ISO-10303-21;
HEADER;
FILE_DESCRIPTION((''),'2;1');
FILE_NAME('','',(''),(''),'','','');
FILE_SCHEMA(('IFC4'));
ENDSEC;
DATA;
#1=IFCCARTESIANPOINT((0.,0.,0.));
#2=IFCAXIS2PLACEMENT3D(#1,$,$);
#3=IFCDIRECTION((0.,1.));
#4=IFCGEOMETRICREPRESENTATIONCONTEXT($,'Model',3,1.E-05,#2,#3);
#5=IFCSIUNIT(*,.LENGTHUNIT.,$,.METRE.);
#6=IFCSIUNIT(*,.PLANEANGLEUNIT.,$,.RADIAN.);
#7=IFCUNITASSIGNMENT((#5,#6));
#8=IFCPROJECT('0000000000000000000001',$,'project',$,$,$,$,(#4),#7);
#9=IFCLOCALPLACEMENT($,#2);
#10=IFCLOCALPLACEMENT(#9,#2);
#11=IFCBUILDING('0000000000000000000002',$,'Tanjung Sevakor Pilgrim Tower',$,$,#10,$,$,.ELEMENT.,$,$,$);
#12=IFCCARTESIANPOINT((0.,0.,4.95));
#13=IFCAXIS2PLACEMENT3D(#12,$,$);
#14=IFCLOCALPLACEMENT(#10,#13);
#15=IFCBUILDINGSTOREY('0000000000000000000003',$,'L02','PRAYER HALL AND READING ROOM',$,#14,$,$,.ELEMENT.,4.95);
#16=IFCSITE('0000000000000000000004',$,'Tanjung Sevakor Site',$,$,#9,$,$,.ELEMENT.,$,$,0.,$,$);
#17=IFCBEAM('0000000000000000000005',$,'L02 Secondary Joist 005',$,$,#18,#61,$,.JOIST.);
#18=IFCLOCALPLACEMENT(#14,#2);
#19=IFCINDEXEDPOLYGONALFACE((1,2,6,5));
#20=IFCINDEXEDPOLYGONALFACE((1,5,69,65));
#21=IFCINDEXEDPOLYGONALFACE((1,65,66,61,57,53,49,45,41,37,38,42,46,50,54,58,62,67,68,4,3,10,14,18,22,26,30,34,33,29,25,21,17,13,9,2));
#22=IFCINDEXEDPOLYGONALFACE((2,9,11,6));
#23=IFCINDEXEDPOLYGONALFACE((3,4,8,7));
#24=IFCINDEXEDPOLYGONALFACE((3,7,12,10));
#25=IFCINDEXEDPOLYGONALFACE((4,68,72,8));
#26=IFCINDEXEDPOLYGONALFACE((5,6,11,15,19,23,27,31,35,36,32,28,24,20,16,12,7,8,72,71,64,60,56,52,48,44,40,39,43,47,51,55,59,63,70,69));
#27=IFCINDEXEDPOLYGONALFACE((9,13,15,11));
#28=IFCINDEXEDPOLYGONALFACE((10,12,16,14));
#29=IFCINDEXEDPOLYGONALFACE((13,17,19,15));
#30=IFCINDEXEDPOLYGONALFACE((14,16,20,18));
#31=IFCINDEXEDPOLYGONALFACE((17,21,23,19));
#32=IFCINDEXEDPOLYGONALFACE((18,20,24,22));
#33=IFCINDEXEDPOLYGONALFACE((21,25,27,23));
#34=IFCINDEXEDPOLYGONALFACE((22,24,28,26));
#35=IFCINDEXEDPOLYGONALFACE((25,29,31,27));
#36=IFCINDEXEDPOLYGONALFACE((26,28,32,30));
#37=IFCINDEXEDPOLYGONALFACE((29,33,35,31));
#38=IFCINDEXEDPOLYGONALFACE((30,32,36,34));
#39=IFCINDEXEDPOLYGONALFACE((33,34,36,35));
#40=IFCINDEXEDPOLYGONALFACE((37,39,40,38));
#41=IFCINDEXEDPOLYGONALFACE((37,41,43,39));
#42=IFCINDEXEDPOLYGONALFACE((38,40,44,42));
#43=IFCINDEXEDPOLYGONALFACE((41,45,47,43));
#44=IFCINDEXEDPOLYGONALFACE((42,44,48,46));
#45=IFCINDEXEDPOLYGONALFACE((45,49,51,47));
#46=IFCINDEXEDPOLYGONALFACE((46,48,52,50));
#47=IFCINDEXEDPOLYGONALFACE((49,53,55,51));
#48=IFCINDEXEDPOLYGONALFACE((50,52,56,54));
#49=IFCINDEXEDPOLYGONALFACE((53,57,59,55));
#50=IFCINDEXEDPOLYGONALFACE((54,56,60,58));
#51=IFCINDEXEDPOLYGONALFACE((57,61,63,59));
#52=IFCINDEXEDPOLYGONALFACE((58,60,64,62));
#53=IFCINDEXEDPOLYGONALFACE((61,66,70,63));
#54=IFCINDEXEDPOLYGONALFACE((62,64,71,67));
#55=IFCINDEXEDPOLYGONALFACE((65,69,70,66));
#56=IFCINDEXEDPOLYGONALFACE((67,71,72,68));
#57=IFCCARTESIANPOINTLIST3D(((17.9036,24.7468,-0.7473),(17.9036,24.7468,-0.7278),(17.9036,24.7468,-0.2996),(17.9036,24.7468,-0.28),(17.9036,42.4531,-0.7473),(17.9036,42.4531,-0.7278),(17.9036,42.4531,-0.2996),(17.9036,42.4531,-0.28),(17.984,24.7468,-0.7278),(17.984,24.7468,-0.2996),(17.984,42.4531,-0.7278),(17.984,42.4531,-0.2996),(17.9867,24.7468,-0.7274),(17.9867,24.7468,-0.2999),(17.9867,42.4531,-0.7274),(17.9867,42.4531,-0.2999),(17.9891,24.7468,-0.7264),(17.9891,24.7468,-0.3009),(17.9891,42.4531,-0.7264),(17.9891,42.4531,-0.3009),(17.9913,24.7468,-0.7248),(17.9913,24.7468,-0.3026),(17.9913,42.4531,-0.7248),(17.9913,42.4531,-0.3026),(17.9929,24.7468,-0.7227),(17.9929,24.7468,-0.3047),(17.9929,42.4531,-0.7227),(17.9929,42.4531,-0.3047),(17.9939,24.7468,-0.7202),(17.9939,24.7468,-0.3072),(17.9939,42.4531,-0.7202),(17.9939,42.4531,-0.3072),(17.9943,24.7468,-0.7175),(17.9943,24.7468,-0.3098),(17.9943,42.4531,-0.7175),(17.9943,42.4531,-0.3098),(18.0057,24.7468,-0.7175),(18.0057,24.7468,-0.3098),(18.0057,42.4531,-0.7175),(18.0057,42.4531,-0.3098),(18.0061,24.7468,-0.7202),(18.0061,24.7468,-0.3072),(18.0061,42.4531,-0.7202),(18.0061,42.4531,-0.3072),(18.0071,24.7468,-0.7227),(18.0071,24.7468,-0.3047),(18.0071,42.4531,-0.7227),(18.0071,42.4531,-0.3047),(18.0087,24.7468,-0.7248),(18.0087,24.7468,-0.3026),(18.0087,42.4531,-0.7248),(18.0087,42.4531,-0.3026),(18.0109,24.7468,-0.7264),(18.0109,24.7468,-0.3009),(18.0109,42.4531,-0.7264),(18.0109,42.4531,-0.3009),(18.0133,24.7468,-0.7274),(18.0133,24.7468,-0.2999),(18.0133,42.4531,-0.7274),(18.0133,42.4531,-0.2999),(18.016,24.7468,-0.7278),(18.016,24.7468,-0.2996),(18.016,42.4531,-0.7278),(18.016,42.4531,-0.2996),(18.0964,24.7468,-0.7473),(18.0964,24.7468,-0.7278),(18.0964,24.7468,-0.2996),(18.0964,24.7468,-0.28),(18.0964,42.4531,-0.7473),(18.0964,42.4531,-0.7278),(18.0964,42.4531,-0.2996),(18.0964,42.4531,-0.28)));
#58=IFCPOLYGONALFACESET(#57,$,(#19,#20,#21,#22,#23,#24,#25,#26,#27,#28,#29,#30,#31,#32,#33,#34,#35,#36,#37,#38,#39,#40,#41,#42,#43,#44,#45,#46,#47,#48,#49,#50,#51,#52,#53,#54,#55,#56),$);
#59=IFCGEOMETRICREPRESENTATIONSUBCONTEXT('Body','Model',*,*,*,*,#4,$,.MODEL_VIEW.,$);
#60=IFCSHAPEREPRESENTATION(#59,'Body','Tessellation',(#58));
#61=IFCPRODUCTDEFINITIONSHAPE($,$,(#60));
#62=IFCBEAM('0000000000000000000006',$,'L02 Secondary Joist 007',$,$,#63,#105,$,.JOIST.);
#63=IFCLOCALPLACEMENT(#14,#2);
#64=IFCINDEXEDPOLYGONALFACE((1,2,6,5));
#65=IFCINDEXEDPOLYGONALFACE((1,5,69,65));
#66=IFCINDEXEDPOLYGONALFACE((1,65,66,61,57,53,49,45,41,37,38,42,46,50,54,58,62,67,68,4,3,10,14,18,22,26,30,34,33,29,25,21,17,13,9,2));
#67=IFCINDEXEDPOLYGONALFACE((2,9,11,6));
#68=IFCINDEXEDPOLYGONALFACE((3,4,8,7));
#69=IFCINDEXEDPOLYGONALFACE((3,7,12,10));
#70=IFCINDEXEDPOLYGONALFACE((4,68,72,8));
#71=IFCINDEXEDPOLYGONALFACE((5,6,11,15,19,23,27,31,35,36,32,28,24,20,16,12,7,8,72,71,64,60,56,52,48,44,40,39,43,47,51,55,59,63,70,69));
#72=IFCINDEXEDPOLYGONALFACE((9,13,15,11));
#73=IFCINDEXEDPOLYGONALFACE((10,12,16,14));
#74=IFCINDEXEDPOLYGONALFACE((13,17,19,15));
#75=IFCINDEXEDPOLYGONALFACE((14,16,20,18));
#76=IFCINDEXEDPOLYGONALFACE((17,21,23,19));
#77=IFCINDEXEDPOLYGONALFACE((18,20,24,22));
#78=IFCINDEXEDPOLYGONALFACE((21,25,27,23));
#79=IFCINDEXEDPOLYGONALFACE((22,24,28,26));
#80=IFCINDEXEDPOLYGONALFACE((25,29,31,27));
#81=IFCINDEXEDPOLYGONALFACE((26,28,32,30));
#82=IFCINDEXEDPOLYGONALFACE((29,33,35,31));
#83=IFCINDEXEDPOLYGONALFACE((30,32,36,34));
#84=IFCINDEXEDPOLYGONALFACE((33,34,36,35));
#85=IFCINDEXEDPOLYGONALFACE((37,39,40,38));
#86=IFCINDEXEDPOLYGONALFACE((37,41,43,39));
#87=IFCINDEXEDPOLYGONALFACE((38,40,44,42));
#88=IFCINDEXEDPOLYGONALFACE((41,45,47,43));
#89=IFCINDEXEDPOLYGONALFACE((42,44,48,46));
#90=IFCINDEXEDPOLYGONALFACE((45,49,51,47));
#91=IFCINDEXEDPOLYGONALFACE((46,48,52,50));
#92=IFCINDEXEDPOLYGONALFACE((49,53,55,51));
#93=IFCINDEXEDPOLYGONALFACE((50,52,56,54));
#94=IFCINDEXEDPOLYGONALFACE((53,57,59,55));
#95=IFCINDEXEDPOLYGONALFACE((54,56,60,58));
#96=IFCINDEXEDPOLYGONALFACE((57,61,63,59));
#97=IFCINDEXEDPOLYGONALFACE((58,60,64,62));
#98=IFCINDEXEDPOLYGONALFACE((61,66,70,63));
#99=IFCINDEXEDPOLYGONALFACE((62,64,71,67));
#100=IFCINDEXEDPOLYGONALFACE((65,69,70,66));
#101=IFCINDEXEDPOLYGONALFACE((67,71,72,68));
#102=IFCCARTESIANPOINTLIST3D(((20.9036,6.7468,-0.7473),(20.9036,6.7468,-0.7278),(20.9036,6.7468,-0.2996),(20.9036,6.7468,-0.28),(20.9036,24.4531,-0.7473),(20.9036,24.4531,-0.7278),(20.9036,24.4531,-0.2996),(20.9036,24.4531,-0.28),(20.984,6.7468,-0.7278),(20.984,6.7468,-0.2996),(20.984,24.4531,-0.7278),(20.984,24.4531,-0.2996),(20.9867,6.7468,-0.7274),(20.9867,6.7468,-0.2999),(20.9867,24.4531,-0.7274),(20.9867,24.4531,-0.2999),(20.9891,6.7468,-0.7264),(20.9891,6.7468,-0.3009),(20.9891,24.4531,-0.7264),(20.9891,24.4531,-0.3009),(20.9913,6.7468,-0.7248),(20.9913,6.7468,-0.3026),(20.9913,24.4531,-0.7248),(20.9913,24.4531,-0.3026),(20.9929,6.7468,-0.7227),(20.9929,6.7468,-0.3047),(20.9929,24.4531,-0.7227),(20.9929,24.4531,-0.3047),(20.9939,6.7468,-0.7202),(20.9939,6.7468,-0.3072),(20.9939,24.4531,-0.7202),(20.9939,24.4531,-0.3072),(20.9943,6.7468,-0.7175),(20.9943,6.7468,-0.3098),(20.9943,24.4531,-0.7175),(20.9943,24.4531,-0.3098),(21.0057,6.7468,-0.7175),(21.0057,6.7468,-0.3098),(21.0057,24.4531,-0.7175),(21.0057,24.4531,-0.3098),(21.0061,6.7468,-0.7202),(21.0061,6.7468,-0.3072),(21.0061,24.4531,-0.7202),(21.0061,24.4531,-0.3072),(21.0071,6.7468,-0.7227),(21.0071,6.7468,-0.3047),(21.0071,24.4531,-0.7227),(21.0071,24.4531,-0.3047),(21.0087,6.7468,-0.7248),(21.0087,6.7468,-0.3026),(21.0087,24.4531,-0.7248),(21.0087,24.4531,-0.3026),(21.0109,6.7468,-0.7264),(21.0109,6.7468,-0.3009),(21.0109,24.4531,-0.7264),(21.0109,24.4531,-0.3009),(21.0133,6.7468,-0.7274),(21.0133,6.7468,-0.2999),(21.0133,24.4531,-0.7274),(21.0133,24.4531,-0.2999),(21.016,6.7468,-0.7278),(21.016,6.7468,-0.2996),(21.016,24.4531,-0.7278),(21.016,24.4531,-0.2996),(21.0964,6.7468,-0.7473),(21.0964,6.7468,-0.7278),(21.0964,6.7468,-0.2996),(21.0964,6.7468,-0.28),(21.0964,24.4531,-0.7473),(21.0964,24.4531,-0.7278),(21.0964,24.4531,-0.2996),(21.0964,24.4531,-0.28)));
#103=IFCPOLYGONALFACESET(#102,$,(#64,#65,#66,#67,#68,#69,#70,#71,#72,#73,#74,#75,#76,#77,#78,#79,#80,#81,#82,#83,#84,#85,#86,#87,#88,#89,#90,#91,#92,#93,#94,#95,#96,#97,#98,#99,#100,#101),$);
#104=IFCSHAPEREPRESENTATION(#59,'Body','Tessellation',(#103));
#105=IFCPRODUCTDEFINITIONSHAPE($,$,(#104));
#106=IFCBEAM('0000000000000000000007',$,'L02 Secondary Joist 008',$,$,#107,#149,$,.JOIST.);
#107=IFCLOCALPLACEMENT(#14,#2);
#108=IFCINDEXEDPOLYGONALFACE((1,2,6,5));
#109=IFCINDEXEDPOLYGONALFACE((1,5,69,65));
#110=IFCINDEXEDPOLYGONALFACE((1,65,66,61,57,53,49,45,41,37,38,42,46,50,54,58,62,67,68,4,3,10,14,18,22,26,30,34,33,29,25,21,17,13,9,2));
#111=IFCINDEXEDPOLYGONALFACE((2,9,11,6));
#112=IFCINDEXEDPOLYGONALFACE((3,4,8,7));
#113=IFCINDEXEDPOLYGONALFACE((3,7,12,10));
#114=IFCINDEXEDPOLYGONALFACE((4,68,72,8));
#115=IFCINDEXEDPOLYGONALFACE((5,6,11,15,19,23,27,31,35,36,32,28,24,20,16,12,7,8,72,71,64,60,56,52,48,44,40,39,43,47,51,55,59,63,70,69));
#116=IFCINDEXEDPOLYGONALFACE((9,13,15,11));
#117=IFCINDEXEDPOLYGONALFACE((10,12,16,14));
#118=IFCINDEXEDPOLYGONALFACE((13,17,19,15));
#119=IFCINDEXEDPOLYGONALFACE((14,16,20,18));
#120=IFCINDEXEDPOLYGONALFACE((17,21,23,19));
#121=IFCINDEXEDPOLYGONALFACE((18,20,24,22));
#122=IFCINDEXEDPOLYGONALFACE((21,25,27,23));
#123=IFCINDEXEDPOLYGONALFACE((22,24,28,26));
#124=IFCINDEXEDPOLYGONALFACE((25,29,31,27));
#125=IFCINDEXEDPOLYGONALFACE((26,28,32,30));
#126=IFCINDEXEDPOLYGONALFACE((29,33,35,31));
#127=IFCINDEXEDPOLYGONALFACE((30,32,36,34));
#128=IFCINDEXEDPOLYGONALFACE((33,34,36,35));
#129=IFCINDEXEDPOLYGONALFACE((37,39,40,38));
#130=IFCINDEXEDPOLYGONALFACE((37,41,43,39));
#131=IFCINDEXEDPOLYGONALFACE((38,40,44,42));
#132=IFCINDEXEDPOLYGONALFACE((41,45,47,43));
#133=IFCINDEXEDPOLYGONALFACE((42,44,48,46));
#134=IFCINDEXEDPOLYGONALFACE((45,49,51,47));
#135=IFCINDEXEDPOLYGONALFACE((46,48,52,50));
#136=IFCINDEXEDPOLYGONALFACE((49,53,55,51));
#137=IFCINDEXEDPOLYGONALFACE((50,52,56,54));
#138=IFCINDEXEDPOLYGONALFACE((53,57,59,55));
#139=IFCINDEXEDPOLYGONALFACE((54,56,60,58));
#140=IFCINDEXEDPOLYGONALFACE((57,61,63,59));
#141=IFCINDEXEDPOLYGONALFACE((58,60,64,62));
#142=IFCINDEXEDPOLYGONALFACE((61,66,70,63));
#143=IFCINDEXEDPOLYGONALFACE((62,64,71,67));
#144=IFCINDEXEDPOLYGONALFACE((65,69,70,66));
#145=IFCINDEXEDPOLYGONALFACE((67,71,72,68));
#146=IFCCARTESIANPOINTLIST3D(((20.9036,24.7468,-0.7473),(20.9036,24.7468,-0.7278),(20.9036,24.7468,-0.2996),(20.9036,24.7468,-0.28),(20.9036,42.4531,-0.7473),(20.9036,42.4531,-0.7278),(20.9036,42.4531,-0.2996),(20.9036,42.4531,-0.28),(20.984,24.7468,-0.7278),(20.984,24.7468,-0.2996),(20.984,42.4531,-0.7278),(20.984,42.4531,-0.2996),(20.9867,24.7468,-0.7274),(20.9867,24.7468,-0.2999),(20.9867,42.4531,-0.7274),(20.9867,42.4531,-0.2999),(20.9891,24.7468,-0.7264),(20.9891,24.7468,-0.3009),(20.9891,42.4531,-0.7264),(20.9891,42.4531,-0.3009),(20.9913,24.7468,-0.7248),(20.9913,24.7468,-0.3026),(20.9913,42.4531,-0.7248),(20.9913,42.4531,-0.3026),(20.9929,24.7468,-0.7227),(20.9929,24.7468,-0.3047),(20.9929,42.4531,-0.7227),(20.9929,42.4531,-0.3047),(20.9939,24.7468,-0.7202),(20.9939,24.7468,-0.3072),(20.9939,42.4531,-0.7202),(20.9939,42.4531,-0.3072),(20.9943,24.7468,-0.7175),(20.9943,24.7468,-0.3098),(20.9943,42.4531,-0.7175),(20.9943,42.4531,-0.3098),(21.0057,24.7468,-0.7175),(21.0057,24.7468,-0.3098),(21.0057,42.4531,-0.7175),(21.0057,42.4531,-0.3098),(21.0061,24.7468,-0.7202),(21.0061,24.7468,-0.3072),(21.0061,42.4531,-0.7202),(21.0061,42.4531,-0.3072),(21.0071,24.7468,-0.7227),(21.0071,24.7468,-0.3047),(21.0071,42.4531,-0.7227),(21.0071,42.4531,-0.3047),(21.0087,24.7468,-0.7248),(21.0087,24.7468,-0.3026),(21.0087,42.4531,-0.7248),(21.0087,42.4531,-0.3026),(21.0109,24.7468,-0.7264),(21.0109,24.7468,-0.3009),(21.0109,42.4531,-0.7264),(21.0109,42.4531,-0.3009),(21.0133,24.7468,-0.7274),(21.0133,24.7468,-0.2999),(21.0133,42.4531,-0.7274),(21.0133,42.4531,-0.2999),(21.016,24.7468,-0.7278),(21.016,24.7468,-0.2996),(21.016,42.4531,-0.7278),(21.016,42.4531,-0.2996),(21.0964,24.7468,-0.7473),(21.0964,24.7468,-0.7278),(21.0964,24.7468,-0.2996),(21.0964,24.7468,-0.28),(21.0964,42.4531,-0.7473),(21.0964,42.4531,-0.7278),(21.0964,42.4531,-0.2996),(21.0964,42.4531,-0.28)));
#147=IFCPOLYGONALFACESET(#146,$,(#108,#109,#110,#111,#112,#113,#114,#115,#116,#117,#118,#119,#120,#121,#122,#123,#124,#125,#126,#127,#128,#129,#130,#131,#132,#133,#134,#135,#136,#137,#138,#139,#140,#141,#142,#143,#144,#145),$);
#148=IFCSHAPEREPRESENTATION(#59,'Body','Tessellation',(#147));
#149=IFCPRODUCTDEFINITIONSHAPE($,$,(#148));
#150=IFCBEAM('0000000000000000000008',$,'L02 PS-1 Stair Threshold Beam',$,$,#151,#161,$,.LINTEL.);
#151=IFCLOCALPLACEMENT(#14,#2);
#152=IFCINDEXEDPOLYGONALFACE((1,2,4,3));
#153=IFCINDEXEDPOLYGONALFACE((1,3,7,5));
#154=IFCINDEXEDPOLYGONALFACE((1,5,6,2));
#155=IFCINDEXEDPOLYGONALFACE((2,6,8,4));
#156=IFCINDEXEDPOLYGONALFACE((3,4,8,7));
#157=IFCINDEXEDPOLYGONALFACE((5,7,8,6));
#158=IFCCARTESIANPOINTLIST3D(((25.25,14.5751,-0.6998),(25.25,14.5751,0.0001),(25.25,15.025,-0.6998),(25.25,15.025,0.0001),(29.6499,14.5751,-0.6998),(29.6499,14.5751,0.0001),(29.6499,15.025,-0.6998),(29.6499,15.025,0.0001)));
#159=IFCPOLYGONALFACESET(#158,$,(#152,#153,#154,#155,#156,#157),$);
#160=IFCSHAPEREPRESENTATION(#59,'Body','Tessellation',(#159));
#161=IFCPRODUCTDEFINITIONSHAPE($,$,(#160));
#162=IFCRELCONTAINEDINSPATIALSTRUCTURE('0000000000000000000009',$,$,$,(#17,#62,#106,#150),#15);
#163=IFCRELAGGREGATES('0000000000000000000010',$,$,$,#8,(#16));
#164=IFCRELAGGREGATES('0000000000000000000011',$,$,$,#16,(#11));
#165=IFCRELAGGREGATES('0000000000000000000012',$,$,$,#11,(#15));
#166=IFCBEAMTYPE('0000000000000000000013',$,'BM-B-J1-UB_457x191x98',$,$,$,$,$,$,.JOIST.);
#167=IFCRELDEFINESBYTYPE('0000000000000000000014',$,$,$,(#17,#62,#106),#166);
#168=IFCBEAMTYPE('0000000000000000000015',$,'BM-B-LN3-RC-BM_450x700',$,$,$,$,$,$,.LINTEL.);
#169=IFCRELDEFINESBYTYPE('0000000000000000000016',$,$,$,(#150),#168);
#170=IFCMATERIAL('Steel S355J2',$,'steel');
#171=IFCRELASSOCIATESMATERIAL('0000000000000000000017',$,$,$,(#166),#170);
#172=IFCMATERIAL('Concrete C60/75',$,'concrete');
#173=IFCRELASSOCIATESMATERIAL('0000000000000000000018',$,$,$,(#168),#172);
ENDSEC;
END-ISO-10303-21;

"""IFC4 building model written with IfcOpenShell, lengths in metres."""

from ifc_helpers import new_model, si_unit, direction, frame, origin, origin_2d, place, context, subcontext, project, spatial, rectangle, i_section, extrude, material, material_profile, profile_set, type_object, element, save


model = new_model("IFC4")

# Units and contexts
model_context = context("Model", 3, precision=1e-05, world=origin(), true_north=direction((0.0, 1.0)))
body_context = subcontext(model_context, "Body", "Model", "MODEL_VIEW")
ifc_project = project(units=[si_unit("LENGTHUNIT", "METRE"), si_unit("PLANEANGLEUNIT", "RADIAN")], contexts=[model_context])

# Site, building, storey
site_placement = place(None, origin())
site = spatial("IfcSite", under=ifc_project, at=site_placement, Name="Tanjung Sevakor Site", CompositionType="ELEMENT", RefElevation=0.0)
building_placement = place(site_placement, origin())
building = spatial("IfcBuilding", under=site, at=building_placement, Name="Tanjung Sevakor Pilgrim Tower", CompositionType="ELEMENT")
storey_placement = place(building_placement, frame((0.0, 0.0, 4.95)))
storey = spatial("IfcBuildingStorey", under=building, at=storey_placement, Name="L02", Description="PRAYER HALL AND READING ROOM", CompositionType="ELEMENT", Elevation=4.95)

# Beams
ifc_material_1 = material(Name="Steel S355J2", Category="steel")
ifc_material_profile_1 = material_profile(ifc_material_1, i_section(OverallWidth=0.1929, OverallDepth=0.4673, WebThickness=0.0115, FlangeThickness=0.0195, FilletRadius=0.0103, at=origin_2d()))
ifc_profile_set_1 = profile_set([ifc_material_profile_1], Name="Steel S355J2")
beam_type_1 = type_object("IfcBeamType", Name="BM-B-J1-UB_457x191x98", PredefinedType="JOIST", material=ifc_profile_set_1)
for number, where, z_axis, x_axis, name in (
    (1, (18.0, 24.7468, -0.5137), (0.0, 1.0, 0.0), (-1.0, 0.0, 0.0), "L02 Secondary Joist 005"),
    (2, (21.0, 6.7468, -0.5137), (0.0, 1.0, 0.0), (-1.0, 0.0, 0.0), "L02 Secondary Joist 007"),
    (3, (21.0, 24.7468, -0.5137), (0.0, 1.0, 0.0), (-1.0, 0.0, 0.0), "L02 Secondary Joist 008"),
):
    element("IfcBeam", number, at=place(storey_placement, frame(where, z_axis=z_axis, x_axis=x_axis)), inside=storey, type_object=beam_type_1, Name=name, PredefinedType="JOIST", context=body_context, shape_type="SweptSolid", body=[
        extrude(i_section(OverallWidth=0.1929, OverallDepth=0.4673, WebThickness=0.0115, FlangeThickness=0.0195, FilletRadius=0.0103, at=origin_2d()), origin(), (0.0, 0.0, 1.0), 17.7063),
    ])
ifc_material_2 = material(Name="Concrete C60/75", Category="concrete")
ifc_material_profile_2 = material_profile(ifc_material_2, rectangle(XDim=0.45, YDim=0.7, at=origin_2d()))
ifc_profile_set_2 = profile_set([ifc_material_profile_2], Name="Concrete C60/75")
beam_type_2 = type_object("IfcBeamType", Name="BM-B-LN3-RC-BM_450x700", PredefinedType="LINTEL", material=ifc_profile_set_2)
beam_placement = place(storey_placement, frame((25.25, 14.8, -0.3499), z_axis=(1.0, 0.0, 0.0), x_axis=(0.0, 1.0, 0.0)))
element("IfcBeam", 4, at=beam_placement, inside=storey, type_object=beam_type_2, Name="L02 PS-1 Stair Threshold Beam", PredefinedType="LINTEL", context=body_context, shape_type="SweptSolid", body=[
    extrude(rectangle(XDim=0.45, YDim=0.7, at=origin_2d()), origin(), (0.0, 0.0, 1.0), 4.3999),
])

save(model, "model.ifc")
